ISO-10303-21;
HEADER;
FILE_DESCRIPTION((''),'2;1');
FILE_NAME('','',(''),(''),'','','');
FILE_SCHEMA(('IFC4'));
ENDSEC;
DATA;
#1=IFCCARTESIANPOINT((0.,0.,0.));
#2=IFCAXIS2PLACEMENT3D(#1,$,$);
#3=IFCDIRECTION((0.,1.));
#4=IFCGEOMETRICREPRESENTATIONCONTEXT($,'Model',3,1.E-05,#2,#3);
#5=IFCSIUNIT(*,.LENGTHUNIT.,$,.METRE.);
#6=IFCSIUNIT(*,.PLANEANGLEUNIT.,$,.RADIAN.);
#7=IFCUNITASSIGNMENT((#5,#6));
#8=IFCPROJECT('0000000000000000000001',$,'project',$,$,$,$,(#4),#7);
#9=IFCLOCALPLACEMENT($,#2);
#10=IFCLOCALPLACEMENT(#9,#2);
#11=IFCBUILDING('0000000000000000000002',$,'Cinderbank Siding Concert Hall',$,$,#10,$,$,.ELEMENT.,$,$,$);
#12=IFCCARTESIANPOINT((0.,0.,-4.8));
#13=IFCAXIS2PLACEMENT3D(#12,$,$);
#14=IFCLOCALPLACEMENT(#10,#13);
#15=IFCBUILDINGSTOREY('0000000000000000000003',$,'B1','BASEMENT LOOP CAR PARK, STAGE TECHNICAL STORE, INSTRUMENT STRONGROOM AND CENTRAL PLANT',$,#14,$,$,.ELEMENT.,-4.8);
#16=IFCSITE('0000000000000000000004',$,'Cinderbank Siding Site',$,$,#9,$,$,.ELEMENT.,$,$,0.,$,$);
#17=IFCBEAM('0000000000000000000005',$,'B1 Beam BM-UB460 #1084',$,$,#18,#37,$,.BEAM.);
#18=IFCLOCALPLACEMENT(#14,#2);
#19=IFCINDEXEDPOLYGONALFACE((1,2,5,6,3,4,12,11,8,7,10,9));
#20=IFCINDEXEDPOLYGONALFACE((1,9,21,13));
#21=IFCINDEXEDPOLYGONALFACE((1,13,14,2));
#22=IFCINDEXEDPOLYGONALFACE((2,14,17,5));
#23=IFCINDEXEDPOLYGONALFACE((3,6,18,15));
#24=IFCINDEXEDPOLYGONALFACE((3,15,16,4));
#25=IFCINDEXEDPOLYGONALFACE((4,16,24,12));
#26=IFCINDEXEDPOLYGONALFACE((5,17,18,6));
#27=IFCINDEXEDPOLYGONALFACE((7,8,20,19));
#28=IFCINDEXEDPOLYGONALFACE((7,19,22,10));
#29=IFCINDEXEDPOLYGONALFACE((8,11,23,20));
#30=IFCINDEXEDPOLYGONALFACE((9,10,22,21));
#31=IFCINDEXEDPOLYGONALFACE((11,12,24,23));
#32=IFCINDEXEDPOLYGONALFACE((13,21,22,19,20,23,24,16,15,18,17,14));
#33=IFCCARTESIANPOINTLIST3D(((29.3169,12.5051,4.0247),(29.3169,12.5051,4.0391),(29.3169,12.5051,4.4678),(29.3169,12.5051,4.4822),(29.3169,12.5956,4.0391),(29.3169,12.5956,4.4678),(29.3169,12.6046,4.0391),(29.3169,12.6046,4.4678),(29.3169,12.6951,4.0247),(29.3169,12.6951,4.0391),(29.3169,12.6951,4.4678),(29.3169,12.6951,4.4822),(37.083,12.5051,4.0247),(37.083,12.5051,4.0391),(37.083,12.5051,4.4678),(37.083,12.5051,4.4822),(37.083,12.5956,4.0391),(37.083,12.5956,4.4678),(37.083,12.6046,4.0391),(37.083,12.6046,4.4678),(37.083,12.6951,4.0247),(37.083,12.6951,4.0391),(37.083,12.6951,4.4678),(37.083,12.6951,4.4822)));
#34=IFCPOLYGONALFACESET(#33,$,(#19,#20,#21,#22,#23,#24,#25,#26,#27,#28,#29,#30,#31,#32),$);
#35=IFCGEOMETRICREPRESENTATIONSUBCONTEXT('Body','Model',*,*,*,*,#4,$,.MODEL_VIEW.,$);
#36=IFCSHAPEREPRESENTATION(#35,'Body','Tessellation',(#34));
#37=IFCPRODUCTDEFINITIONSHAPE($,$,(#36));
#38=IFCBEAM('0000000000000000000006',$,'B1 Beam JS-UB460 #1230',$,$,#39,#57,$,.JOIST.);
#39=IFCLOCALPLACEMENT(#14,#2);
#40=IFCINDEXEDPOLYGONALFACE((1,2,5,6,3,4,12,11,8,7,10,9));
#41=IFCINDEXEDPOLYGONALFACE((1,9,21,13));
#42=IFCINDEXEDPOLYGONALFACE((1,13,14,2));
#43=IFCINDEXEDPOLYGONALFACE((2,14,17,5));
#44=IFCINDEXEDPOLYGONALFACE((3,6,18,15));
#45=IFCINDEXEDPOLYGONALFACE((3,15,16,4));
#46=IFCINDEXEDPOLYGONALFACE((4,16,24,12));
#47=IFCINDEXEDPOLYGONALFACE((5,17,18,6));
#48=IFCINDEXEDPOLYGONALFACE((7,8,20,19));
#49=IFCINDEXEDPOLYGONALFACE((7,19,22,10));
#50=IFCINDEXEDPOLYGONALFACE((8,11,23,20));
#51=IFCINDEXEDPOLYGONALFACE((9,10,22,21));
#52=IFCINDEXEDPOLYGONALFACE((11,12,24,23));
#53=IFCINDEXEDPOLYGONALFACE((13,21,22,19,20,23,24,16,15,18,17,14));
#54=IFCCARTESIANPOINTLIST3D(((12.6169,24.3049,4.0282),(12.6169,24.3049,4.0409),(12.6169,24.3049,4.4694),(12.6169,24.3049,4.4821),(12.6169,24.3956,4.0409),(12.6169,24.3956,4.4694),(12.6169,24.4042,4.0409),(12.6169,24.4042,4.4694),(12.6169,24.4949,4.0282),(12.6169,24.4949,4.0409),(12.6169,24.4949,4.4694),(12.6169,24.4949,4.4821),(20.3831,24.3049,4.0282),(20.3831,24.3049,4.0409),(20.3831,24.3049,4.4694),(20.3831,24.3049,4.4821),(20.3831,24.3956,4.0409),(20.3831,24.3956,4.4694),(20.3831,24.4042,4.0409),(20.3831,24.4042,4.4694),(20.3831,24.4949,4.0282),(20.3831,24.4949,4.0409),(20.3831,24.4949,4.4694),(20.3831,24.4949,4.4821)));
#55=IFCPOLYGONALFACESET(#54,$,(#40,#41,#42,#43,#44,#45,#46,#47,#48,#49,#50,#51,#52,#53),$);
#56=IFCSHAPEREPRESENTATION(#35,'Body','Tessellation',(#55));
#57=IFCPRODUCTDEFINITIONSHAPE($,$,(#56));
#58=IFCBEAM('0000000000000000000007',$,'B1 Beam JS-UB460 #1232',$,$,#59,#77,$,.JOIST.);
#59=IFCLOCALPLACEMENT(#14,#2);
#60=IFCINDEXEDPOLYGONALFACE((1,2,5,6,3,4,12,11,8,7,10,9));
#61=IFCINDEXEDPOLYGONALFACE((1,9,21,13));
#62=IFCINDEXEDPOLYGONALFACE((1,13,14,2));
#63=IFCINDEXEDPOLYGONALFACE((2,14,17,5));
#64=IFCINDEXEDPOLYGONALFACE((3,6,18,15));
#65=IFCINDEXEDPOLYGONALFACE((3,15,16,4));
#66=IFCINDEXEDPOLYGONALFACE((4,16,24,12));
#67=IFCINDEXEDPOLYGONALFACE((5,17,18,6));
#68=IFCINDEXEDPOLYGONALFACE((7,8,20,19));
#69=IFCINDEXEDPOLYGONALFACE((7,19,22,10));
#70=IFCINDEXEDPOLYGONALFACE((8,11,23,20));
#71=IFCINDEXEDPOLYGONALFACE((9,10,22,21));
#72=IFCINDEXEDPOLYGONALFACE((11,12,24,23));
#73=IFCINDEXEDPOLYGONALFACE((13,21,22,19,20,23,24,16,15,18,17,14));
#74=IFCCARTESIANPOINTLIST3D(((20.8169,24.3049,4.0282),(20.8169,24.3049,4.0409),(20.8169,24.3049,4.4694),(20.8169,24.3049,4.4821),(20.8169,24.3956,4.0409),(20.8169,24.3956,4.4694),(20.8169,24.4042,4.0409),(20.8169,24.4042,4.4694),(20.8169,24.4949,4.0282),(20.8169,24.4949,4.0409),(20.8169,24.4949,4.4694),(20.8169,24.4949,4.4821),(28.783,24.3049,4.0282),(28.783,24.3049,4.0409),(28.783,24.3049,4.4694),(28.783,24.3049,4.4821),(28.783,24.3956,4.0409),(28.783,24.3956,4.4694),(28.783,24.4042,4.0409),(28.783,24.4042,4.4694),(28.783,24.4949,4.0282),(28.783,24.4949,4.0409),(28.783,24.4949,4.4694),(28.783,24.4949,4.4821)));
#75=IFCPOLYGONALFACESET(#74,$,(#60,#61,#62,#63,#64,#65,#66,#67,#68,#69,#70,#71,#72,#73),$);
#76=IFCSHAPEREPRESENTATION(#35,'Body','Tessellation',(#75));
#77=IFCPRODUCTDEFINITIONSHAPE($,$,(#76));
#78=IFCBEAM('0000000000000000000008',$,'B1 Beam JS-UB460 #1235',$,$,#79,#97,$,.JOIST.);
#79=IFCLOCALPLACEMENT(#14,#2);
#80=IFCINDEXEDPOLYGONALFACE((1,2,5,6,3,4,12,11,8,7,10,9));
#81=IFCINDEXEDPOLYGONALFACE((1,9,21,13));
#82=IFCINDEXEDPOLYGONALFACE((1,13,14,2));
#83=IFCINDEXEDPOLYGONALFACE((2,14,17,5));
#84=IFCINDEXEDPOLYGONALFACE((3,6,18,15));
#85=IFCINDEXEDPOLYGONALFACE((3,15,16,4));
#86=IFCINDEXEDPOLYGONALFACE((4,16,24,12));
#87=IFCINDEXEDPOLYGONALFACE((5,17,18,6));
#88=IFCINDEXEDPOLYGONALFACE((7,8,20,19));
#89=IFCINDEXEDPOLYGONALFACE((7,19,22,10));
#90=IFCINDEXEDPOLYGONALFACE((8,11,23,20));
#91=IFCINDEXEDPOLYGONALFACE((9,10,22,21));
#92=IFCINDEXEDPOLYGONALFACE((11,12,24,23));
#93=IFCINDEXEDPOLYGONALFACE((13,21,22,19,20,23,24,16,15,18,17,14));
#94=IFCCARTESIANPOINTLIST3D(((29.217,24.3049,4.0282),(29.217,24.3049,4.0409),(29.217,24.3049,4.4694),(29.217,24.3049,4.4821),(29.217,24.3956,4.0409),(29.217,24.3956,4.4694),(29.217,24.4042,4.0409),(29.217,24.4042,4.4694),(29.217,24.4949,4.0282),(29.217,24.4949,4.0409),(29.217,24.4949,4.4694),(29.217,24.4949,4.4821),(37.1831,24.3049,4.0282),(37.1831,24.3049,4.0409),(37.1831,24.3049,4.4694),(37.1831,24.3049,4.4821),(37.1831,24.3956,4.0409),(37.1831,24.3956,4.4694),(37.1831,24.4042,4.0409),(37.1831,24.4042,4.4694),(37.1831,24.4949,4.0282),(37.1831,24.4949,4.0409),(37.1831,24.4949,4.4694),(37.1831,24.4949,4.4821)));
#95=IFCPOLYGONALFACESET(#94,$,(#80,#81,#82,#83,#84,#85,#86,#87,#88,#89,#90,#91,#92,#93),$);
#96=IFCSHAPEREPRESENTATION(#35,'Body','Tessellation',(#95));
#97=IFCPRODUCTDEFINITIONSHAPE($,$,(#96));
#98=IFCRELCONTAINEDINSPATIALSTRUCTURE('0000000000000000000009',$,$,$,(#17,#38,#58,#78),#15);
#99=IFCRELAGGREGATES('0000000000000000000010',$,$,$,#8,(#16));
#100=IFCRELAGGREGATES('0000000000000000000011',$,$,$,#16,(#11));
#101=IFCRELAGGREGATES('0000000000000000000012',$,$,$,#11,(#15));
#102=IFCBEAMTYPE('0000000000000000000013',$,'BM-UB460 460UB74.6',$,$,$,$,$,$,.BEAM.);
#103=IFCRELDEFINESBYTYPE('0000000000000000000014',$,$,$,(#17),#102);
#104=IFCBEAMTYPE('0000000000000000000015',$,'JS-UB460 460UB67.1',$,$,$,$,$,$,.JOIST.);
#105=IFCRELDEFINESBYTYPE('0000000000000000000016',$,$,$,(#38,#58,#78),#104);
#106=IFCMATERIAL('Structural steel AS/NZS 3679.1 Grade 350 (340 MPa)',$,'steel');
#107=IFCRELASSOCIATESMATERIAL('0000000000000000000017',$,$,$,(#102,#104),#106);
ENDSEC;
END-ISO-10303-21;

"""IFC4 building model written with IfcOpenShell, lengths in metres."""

from ifc_helpers import new_model, si_unit, direction, frame, origin, origin_2d, place, context, subcontext, project, spatial, i_section, extrude, material, material_profile, profile_set, type_object, element, save


model = new_model("IFC4")

# Units and contexts
model_context = context("Model", 3, precision=1e-05, world=origin(), true_north=direction((0.0, 1.0)))
body_context = subcontext(model_context, "Body", "Model", "MODEL_VIEW")
ifc_project = project(units=[si_unit("LENGTHUNIT", "METRE"), si_unit("PLANEANGLEUNIT", "RADIAN")], contexts=[model_context])

# Site, building, storey
site_placement = place(None, origin())
site = spatial("IfcSite", under=ifc_project, at=site_placement, Name="Cinderbank Siding Site", CompositionType="ELEMENT", RefElevation=0.0)
building_placement = place(site_placement, origin())
building = spatial("IfcBuilding", under=site, at=building_placement, Name="Cinderbank Siding Concert Hall", CompositionType="ELEMENT")
storey_placement = place(building_placement, frame((0.0, 0.0, -4.8)))
storey = spatial("IfcBuildingStorey", under=building, at=storey_placement, Name="B1", Description="BASEMENT LOOP CAR PARK, STAGE TECHNICAL STORE, INSTRUMENT STRONGROOM AND CENTRAL PLANT", CompositionType="ELEMENT", Elevation=-4.8)

# Beams
ifc_material_1 = material(Name="Structural steel AS/NZS 3679.1 Grade 350 (340 MPa)", Category="steel")
ifc_material_profile_1 = material_profile(ifc_material_1, i_section(OverallWidth=0.1899, OverallDepth=0.4575, WebThickness=0.009, FlangeThickness=0.0144, at=origin_2d()), Name="460UB74.6", Category="LoadBearing")
ifc_profile_set_1 = profile_set([ifc_material_profile_1], Name="Structural steel AS/NZS 3679.1 Grade 350 (340 MPa)")
beam_type_1 = type_object("IfcBeamType", Name="BM-UB460 460UB74.6", PredefinedType="BEAM", material=ifc_profile_set_1)
beam_1_placement = place(storey_placement, frame((29.3169, 12.6001, 4.2534), z_axis=(1.0, 0.0, 0.0), x_axis=(0.0, 1.0, 0.0)))
element("IfcBeam", 1, at=beam_1_placement, inside=storey, type_object=beam_type_1, Name="B1 Beam BM-UB460 #1084", PredefinedType="BEAM", context=body_context, shape_type="SweptSolid", body=[
    extrude(i_section(OverallWidth=0.1899, OverallDepth=0.4575, WebThickness=0.009, FlangeThickness=0.0144, at=origin_2d()), origin(), (0.0, 0.0, 1.0), 7.7661),
])
ifc_material_profile_2 = material_profile(ifc_material_1, i_section(OverallWidth=0.1899, OverallDepth=0.4539, WebThickness=0.0085, FlangeThickness=0.0127, at=origin_2d()), Name="460UB67.1", Category="LoadBearing")
ifc_profile_set_2 = profile_set([ifc_material_profile_2], Name="Structural steel AS/NZS 3679.1 Grade 350 (340 MPa)")
beam_type_2 = type_object("IfcBeamType", Name="JS-UB460 460UB67.1", PredefinedType="JOIST", material=ifc_profile_set_2)
beam_2_placement = place(storey_placement, frame((12.6169, 24.3999, 4.2551), z_axis=(1.0, 0.0, 0.0), x_axis=(0.0, 1.0, 0.0)))
element("IfcBeam", 2, at=beam_2_placement, inside=storey, type_object=beam_type_2, Name="B1 Beam JS-UB460 #1230", PredefinedType="JOIST", context=body_context, shape_type="SweptSolid", body=[
    extrude(i_section(OverallWidth=0.1899, OverallDepth=0.4539, WebThickness=0.0085, FlangeThickness=0.0127, at=origin_2d()), origin(), (0.0, 0.0, 1.0), 7.7661),
])
for number, where, z_axis, x_axis, name in (
    (3, (20.8169, 24.3999, 4.2551), (1.0, 0.0, 0.0), (0.0, 1.0, 0.0), "B1 Beam JS-UB460 #1232"),
    (4, (29.217, 24.3999, 4.2551), (1.0, 0.0, 0.0), (0.0, 1.0, 0.0), "B1 Beam JS-UB460 #1235"),
):
    element("IfcBeam", number, at=place(storey_placement, frame(where, z_axis=z_axis, x_axis=x_axis)), inside=storey, type_object=beam_type_2, Name=name, PredefinedType="JOIST", context=body_context, shape_type="SweptSolid", body=[
        extrude(i_section(OverallWidth=0.1899, OverallDepth=0.4539, WebThickness=0.0085, FlangeThickness=0.0127, at=origin_2d()), origin(), (0.0, 0.0, 1.0), 7.9661),
    ])

save(model, "model.ifc")
